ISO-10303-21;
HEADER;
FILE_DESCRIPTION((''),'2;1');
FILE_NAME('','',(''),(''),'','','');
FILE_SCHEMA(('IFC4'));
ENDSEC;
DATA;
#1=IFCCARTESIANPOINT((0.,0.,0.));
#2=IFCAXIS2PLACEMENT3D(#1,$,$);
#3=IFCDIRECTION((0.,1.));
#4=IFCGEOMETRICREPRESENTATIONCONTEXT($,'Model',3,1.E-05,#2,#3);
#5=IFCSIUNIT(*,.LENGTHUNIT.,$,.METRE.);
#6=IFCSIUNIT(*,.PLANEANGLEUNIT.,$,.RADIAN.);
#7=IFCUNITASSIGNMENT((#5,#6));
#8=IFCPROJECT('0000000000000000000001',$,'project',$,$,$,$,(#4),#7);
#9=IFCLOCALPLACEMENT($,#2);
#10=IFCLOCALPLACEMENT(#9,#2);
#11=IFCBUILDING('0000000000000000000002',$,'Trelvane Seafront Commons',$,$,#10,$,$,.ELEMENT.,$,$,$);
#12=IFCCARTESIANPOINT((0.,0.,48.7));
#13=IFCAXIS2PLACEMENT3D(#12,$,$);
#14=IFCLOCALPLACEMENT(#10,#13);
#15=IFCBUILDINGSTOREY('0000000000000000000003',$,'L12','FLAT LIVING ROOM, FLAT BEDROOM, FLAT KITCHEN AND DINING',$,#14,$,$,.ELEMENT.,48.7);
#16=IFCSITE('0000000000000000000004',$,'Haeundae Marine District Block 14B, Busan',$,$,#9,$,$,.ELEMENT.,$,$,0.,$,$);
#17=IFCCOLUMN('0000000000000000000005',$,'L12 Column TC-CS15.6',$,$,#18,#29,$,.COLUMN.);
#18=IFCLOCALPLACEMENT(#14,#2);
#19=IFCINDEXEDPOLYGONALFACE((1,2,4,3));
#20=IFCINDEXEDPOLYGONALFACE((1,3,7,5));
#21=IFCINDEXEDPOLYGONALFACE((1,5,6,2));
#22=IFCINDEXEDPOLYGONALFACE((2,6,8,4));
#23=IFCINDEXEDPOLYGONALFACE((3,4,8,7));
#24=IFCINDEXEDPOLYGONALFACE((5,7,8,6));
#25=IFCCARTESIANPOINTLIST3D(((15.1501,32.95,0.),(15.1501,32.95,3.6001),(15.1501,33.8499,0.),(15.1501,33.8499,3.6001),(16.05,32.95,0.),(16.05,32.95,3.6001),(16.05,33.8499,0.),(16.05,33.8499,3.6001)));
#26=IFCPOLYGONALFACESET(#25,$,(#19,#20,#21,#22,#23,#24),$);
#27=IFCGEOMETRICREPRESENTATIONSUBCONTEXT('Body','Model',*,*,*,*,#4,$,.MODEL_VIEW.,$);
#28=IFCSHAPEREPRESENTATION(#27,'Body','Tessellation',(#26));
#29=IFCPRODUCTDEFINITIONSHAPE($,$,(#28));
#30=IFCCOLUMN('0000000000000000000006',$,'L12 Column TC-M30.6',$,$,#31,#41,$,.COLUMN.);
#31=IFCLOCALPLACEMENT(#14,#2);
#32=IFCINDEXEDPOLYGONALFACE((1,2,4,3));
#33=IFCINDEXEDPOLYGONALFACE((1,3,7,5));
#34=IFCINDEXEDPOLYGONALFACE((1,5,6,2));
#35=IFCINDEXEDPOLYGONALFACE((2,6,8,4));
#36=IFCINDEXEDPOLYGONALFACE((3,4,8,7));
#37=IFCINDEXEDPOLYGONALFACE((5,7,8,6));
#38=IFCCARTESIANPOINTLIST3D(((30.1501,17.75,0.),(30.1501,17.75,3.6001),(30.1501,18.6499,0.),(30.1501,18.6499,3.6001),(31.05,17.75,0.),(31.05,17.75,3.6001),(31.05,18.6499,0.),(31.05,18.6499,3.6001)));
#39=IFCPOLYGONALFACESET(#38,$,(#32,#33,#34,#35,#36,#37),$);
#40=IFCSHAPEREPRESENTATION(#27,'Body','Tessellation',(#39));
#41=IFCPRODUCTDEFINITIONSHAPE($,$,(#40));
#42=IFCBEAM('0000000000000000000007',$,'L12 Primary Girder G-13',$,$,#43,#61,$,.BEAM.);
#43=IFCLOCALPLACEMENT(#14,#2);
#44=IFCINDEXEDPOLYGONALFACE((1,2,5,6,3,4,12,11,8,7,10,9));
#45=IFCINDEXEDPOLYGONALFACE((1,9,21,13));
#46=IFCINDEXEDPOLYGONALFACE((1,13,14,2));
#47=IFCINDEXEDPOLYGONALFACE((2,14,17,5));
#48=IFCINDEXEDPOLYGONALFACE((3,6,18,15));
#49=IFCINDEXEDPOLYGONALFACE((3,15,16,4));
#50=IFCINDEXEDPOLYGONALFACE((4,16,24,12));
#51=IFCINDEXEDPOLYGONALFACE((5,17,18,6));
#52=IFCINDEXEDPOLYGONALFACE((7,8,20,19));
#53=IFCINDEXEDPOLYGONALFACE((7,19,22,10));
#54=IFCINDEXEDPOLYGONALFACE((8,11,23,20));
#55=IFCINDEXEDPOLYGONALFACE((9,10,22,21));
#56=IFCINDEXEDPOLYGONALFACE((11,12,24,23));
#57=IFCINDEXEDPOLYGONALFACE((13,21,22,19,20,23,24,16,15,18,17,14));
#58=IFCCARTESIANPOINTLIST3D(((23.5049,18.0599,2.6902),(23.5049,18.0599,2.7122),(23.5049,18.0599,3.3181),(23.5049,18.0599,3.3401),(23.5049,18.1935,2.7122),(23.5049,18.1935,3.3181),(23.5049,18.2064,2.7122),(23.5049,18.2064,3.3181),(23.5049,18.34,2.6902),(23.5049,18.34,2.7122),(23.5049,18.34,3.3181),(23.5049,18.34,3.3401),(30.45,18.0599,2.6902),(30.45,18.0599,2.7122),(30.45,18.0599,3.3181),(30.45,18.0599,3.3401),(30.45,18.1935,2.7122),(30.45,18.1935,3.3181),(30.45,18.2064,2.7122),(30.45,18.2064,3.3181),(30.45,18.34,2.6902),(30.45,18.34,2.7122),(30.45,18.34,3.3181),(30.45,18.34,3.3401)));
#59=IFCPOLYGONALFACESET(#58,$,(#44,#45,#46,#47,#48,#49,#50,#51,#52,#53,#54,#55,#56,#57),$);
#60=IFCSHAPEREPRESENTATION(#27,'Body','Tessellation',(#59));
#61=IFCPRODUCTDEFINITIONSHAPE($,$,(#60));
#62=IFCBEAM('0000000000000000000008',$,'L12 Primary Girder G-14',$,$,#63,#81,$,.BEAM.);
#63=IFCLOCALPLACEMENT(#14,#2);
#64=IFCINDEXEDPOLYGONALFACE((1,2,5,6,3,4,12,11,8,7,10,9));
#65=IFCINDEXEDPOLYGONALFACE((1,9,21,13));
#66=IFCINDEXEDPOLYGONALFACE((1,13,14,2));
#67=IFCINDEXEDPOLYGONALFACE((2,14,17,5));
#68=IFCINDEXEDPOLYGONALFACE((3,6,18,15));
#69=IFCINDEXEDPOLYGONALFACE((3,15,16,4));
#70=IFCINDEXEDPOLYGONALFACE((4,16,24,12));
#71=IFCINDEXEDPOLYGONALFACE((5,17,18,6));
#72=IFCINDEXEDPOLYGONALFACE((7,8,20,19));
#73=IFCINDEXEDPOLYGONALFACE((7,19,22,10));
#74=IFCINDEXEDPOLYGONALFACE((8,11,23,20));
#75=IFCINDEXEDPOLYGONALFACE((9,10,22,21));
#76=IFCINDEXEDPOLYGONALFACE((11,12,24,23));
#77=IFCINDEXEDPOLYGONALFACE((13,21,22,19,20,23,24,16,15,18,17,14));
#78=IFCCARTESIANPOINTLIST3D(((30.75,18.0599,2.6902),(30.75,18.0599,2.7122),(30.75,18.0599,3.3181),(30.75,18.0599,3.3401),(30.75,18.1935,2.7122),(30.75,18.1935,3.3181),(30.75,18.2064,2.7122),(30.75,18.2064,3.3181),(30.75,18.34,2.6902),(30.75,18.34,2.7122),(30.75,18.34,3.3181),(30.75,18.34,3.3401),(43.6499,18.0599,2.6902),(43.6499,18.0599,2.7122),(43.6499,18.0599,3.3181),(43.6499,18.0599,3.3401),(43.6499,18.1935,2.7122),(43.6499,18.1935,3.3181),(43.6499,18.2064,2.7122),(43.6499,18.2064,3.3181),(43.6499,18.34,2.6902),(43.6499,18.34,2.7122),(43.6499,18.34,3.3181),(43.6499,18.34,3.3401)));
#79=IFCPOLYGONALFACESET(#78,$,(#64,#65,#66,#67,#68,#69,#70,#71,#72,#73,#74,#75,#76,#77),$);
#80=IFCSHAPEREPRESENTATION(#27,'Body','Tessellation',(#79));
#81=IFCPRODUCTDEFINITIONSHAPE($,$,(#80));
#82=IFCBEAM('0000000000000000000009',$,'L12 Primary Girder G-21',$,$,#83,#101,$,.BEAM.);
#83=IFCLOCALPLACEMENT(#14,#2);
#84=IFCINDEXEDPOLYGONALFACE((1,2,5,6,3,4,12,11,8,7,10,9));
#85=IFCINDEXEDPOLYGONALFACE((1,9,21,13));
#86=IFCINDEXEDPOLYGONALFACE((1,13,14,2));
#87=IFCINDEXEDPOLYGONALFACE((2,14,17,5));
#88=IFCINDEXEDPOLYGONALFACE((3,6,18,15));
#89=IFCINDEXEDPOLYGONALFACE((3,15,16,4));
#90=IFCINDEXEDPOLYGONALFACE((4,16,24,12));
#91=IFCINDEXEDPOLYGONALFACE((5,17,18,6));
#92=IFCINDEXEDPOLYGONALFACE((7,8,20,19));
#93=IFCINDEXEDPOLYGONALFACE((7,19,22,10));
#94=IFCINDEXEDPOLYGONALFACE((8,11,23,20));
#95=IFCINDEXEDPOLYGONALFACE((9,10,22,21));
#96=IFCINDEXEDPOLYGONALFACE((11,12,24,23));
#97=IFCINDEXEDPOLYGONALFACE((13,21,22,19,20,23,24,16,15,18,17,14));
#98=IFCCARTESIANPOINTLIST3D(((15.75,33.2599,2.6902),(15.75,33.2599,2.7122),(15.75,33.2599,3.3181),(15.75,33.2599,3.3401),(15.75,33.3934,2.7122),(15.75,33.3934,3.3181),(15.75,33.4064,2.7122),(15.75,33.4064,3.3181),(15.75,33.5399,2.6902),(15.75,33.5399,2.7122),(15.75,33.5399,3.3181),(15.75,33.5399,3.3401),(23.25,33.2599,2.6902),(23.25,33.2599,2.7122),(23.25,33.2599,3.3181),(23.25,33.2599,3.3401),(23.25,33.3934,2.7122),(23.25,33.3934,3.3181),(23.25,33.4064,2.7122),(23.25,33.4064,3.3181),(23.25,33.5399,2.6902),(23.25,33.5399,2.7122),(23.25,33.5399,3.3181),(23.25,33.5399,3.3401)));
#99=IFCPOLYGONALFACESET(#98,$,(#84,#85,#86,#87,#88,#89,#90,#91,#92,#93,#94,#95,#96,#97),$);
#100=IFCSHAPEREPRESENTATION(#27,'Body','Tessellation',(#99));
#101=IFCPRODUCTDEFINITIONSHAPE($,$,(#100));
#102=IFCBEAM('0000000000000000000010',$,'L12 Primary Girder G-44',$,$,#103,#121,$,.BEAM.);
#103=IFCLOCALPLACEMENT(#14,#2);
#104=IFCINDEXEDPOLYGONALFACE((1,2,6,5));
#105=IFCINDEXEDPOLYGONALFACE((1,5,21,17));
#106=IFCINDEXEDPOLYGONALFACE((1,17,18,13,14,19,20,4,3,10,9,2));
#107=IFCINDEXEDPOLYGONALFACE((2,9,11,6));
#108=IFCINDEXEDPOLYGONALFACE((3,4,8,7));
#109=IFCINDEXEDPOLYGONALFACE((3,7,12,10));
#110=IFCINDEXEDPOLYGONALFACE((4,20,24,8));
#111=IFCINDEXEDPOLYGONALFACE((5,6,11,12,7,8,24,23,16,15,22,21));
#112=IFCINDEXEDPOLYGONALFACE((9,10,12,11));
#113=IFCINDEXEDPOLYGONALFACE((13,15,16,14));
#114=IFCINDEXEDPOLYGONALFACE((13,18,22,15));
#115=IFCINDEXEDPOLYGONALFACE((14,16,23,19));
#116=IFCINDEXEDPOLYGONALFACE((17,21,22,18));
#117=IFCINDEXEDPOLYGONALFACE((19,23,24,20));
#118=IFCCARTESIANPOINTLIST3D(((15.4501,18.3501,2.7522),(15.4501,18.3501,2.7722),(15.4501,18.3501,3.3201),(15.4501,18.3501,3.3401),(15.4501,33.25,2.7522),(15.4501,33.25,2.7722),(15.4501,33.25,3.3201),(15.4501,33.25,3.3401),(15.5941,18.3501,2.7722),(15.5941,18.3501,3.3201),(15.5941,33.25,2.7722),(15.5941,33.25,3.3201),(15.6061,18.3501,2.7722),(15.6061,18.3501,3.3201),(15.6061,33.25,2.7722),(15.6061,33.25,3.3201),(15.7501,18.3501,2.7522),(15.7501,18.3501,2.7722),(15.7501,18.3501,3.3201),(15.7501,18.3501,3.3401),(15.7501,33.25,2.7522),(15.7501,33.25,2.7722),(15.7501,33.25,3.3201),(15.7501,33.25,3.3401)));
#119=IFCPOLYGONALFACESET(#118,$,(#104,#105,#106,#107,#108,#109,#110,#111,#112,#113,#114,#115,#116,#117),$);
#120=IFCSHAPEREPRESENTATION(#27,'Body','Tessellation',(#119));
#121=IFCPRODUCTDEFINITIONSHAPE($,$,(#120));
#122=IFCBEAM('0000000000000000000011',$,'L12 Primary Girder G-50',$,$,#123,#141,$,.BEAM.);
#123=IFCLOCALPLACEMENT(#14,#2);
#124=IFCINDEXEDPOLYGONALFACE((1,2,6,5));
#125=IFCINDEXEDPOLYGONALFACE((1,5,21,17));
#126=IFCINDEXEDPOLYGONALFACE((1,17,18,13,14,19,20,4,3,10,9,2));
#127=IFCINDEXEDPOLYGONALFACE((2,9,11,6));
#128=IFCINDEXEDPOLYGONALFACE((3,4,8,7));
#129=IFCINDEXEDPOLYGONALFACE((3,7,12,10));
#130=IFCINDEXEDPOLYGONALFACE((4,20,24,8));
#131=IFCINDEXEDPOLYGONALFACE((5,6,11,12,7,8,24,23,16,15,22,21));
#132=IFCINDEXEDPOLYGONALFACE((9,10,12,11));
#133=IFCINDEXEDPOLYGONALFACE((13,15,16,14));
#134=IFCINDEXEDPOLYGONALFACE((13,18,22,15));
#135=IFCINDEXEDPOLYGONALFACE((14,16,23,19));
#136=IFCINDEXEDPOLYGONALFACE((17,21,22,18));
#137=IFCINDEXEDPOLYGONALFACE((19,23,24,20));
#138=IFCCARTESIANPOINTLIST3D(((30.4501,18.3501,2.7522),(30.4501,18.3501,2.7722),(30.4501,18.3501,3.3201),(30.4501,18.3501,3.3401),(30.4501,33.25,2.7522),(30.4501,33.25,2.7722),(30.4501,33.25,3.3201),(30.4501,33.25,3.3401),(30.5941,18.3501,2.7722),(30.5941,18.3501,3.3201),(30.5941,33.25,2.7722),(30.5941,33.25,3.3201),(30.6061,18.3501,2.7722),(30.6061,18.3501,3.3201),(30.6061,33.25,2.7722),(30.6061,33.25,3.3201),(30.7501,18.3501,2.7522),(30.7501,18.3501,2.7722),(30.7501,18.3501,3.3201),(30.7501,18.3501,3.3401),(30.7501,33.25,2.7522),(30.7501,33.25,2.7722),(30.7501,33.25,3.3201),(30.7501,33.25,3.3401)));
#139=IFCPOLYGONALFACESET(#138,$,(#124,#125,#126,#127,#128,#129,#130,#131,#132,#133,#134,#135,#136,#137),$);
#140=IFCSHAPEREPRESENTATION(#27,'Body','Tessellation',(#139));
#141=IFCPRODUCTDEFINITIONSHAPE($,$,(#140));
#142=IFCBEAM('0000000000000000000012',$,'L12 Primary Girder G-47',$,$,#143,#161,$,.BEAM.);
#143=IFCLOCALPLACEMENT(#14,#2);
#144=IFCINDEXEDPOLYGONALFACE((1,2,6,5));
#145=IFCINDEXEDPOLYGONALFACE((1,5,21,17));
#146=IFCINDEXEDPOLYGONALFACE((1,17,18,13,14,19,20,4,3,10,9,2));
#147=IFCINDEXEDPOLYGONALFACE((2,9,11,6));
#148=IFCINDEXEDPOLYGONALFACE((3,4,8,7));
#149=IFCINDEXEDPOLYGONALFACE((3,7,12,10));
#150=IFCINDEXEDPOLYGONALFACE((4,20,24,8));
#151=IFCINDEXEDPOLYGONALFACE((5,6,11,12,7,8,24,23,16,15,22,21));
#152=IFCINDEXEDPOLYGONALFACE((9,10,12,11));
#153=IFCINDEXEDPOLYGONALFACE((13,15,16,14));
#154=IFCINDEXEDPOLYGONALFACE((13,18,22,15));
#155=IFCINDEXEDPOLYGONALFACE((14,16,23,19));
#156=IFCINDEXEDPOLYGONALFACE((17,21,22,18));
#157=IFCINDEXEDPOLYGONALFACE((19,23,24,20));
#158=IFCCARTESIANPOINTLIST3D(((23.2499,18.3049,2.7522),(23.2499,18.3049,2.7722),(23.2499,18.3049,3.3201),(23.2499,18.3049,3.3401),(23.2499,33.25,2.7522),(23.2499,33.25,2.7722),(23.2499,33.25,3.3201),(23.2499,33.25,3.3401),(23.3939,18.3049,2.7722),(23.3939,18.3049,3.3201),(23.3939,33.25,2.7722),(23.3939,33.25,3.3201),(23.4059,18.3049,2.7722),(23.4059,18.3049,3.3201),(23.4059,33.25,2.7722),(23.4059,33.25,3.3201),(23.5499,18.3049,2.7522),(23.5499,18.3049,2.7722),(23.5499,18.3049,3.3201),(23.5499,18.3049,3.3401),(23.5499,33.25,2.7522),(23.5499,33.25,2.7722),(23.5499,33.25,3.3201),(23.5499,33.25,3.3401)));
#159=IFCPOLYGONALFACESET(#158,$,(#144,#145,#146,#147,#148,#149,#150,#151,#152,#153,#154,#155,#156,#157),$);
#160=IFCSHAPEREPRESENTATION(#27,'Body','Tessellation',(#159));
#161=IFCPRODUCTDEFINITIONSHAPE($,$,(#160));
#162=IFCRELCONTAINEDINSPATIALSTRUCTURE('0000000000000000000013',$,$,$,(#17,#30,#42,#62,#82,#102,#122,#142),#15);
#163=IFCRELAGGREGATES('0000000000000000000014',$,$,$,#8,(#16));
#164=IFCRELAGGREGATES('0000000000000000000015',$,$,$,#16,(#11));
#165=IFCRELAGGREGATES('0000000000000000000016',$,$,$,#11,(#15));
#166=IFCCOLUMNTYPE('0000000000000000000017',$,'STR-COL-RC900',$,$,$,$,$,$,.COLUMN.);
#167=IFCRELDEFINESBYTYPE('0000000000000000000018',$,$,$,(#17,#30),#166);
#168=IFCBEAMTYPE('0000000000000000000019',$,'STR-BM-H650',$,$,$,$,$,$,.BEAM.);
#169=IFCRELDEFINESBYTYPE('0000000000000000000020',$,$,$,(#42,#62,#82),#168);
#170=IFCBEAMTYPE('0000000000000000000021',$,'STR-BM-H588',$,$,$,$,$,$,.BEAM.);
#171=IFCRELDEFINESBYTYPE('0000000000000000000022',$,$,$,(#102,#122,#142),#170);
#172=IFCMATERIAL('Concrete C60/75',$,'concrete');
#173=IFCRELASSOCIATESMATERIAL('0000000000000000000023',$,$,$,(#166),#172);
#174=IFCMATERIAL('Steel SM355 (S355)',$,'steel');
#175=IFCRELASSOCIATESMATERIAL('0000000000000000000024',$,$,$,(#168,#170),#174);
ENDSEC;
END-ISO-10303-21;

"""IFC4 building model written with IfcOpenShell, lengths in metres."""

from ifc_helpers import new_model, si_unit, direction, frame, origin, origin_2d, place, context, subcontext, project, spatial, rectangle, i_section, extrude, source, transform, mapped, material, material_profile, profile_set, type_object, element, save


model = new_model("IFC4")

# Units and contexts
model_context = context("Model", 3, precision=1e-05, world=origin(), true_north=direction((0.0, 1.0)))
body_context = subcontext(model_context, "Body", "Model", "MODEL_VIEW")
ifc_project = project(units=[si_unit("LENGTHUNIT", "METRE"), si_unit("PLANEANGLEUNIT", "RADIAN")], contexts=[model_context])

# Site, building, storey
site_placement = place(None, origin())
site = spatial("IfcSite", under=ifc_project, at=site_placement, Name="Haeundae Marine District Block 14B, Busan", CompositionType="ELEMENT", RefElevation=0.0)
building_placement = place(site_placement, origin())
building = spatial("IfcBuilding", under=site, at=building_placement, Name="Trelvane Seafront Commons", CompositionType="ELEMENT")
storey_placement = place(building_placement, frame((0.0, 0.0, 48.7)))
storey = spatial("IfcBuildingStorey", under=building, at=storey_placement, Name="L12", Description="FLAT LIVING ROOM, FLAT BEDROOM, FLAT KITCHEN AND DINING", CompositionType="ELEMENT", Elevation=48.7)

# Columns
ifc_material_1 = material(Name="Concrete C60/75", Category="concrete")
ifc_material_profile_1 = material_profile(ifc_material_1, rectangle(XDim=0.8999, YDim=0.8999, at=origin_2d()), Name="RC-900x900")
ifc_profile_set_1 = profile_set([ifc_material_profile_1], Name="Concrete C60/75")
column_type = type_object("IfcColumnType", Name="STR-COL-RC900", PredefinedType="COLUMN", material=ifc_profile_set_1)
shared_shape_1 = source(origin(), body_context, "Body", "SweptSolid", [
    extrude(rectangle(XDim=0.8999, YDim=0.8999, at=origin_2d()), origin(), (0.0, 0.0, 1.0), 3.6001),
])
for number, where, z_axis, x_axis, name in (
    (1, (15.6001, 33.3999, 0.0), (0.0, 0.0, 1.0), (1.0, 0.0, 0.0), "L12 Column TC-CS15.6"),
    (2, (30.6001, 18.2, 0.0), (0.0, 0.0, 1.0), (1.0, 0.0, 0.0), "L12 Column TC-M30.6"),
):
    element("IfcColumn", number, at=place(storey_placement, frame(where, z_axis=z_axis, x_axis=x_axis)), inside=storey, type_object=column_type, Name=name, PredefinedType="COLUMN", context=body_context, shape_type="MappedRepresentation", body=[
        mapped(shared_shape_1, transform((0.0, 0.0, 0.0), x_axis=(1.0, 0.0, 0.0), y_axis=(0.0, 1.0, 0.0), z_axis=(0.0, 0.0, 1.0), scale=1.0)),
    ])

# Beams
ifc_material_2 = material(Name="Steel SM355 (S355)", Category="steel")
ifc_material_profile_2 = material_profile(ifc_material_2, i_section(OverallWidth=0.28, OverallDepth=0.6499, WebThickness=0.0129, FlangeThickness=0.022, at=origin_2d()), Name="H-650x280x13x22")
ifc_profile_set_2 = profile_set([ifc_material_profile_2], Name="Steel SM355 (S355)")
beam_type_1 = type_object("IfcBeamType", Name="STR-BM-H650", PredefinedType="BEAM", material=ifc_profile_set_2)
shared_shape_2 = source(origin(), body_context, "Body", "SweptSolid", [
    extrude(i_section(OverallWidth=0.28, OverallDepth=0.6499, WebThickness=0.0129, FlangeThickness=0.022, at=origin_2d()), origin(), (0.0, 0.0, 1.0), 6.9451),
])
beam_1_placement = place(storey_placement, frame((23.5049, 18.2, 3.0151), z_axis=(1.0, 0.0, 0.0), x_axis=(0.0, 1.0, 0.0)))
element("IfcBeam", 3, at=beam_1_placement, inside=storey, type_object=beam_type_1, Name="L12 Primary Girder G-13", PredefinedType="BEAM", context=body_context, shape_type="MappedRepresentation", body=[
    mapped(shared_shape_2, transform((0.0, 0.0, 0.0), x_axis=(1.0, 0.0, 0.0), y_axis=(0.0, 1.0, 0.0), z_axis=(0.0, 0.0, 1.0), scale=1.0)),
])
shared_shape_3 = source(origin(), body_context, "Body", "SweptSolid", [
    extrude(i_section(OverallWidth=0.28, OverallDepth=0.6499, WebThickness=0.0129, FlangeThickness=0.022, at=origin_2d()), origin(), (0.0, 0.0, 1.0), 12.8999),
])
beam_2_placement = place(storey_placement, frame((30.75, 18.2, 3.0151), z_axis=(1.0, 0.0, 0.0), x_axis=(0.0, 1.0, 0.0)))
element("IfcBeam", 4, at=beam_2_placement, inside=storey, type_object=beam_type_1, Name="L12 Primary Girder G-14", PredefinedType="BEAM", context=body_context, shape_type="MappedRepresentation", body=[
    mapped(shared_shape_3, transform((0.0, 0.0, 0.0), x_axis=(1.0, 0.0, 0.0), y_axis=(0.0, 1.0, 0.0), z_axis=(0.0, 0.0, 1.0), scale=1.0)),
])
shared_shape_4 = source(origin(), body_context, "Body", "SweptSolid", [
    extrude(i_section(OverallWidth=0.28, OverallDepth=0.6499, WebThickness=0.0129, FlangeThickness=0.022, at=origin_2d()), origin(), (0.0, 0.0, 1.0), 7.5),
])
beam_3_placement = place(storey_placement, frame((15.75, 33.3999, 3.0151), z_axis=(1.0, 0.0, 0.0), x_axis=(0.0, 1.0, 0.0)))
element("IfcBeam", 5, at=beam_3_placement, inside=storey, type_object=beam_type_1, Name="L12 Primary Girder G-21", PredefinedType="BEAM", context=body_context, shape_type="MappedRepresentation", body=[
    mapped(shared_shape_4, transform((0.0, 0.0, 0.0), x_axis=(1.0, 0.0, 0.0), y_axis=(0.0, 1.0, 0.0), z_axis=(0.0, 0.0, 1.0), scale=1.0)),
])
ifc_material_profile_3 = material_profile(ifc_material_2, i_section(OverallWidth=0.3, OverallDepth=0.5879, WebThickness=0.012, FlangeThickness=0.02, at=origin_2d()), Name="H-588x300x12x20")
ifc_profile_set_3 = profile_set([ifc_material_profile_3], Name="Steel SM355 (S355)")
beam_type_2 = type_object("IfcBeamType", Name="STR-BM-H588", PredefinedType="BEAM", material=ifc_profile_set_3)
shared_shape_5 = source(origin(), body_context, "Body", "SweptSolid", [
    extrude(i_section(OverallWidth=0.3, OverallDepth=0.5879, WebThickness=0.012, FlangeThickness=0.02, at=origin_2d()), origin(), (0.0, 0.0, 1.0), 14.8999),
])
for number, where, z_axis, x_axis, name in (
    (6, (15.6001, 18.3501, 3.0461), (0.0, 1.0, 0.0), (-1.0, 0.0, 0.0), "L12 Primary Girder G-44"),
    (7, (30.6001, 18.3501, 3.0461), (0.0, 1.0, 0.0), (-1.0, 0.0, 0.0), "L12 Primary Girder G-50"),
):
    element("IfcBeam", number, at=place(storey_placement, frame(where, z_axis=z_axis, x_axis=x_axis)), inside=storey, type_object=beam_type_2, Name=name, PredefinedType="BEAM", context=body_context, shape_type="MappedRepresentation", body=[
        mapped(shared_shape_5, transform((0.0, 0.0, 0.0), x_axis=(1.0, 0.0, 0.0), y_axis=(0.0, 1.0, 0.0), z_axis=(0.0, 0.0, 1.0), scale=1.0)),
    ])
shared_shape_6 = source(origin(), body_context, "Body", "SweptSolid", [
    extrude(i_section(OverallWidth=0.3, OverallDepth=0.5879, WebThickness=0.012, FlangeThickness=0.02, at=origin_2d()), origin(), (0.0, 0.0, 1.0), 14.9451),
])
beam_4_placement = place(storey_placement, frame((23.3999, 18.3049, 3.0461), z_axis=(0.0, 1.0, 0.0), x_axis=(-1.0, 0.0, 0.0)))
element("IfcBeam", 8, at=beam_4_placement, inside=storey, type_object=beam_type_2, Name="L12 Primary Girder G-47", PredefinedType="BEAM", context=body_context, shape_type="MappedRepresentation", body=[
    mapped(shared_shape_6, transform((0.0, 0.0, 0.0), x_axis=(1.0, 0.0, 0.0), y_axis=(0.0, 1.0, 0.0), z_axis=(0.0, 0.0, 1.0), scale=1.0)),
])

save(model, "model.ifc")
